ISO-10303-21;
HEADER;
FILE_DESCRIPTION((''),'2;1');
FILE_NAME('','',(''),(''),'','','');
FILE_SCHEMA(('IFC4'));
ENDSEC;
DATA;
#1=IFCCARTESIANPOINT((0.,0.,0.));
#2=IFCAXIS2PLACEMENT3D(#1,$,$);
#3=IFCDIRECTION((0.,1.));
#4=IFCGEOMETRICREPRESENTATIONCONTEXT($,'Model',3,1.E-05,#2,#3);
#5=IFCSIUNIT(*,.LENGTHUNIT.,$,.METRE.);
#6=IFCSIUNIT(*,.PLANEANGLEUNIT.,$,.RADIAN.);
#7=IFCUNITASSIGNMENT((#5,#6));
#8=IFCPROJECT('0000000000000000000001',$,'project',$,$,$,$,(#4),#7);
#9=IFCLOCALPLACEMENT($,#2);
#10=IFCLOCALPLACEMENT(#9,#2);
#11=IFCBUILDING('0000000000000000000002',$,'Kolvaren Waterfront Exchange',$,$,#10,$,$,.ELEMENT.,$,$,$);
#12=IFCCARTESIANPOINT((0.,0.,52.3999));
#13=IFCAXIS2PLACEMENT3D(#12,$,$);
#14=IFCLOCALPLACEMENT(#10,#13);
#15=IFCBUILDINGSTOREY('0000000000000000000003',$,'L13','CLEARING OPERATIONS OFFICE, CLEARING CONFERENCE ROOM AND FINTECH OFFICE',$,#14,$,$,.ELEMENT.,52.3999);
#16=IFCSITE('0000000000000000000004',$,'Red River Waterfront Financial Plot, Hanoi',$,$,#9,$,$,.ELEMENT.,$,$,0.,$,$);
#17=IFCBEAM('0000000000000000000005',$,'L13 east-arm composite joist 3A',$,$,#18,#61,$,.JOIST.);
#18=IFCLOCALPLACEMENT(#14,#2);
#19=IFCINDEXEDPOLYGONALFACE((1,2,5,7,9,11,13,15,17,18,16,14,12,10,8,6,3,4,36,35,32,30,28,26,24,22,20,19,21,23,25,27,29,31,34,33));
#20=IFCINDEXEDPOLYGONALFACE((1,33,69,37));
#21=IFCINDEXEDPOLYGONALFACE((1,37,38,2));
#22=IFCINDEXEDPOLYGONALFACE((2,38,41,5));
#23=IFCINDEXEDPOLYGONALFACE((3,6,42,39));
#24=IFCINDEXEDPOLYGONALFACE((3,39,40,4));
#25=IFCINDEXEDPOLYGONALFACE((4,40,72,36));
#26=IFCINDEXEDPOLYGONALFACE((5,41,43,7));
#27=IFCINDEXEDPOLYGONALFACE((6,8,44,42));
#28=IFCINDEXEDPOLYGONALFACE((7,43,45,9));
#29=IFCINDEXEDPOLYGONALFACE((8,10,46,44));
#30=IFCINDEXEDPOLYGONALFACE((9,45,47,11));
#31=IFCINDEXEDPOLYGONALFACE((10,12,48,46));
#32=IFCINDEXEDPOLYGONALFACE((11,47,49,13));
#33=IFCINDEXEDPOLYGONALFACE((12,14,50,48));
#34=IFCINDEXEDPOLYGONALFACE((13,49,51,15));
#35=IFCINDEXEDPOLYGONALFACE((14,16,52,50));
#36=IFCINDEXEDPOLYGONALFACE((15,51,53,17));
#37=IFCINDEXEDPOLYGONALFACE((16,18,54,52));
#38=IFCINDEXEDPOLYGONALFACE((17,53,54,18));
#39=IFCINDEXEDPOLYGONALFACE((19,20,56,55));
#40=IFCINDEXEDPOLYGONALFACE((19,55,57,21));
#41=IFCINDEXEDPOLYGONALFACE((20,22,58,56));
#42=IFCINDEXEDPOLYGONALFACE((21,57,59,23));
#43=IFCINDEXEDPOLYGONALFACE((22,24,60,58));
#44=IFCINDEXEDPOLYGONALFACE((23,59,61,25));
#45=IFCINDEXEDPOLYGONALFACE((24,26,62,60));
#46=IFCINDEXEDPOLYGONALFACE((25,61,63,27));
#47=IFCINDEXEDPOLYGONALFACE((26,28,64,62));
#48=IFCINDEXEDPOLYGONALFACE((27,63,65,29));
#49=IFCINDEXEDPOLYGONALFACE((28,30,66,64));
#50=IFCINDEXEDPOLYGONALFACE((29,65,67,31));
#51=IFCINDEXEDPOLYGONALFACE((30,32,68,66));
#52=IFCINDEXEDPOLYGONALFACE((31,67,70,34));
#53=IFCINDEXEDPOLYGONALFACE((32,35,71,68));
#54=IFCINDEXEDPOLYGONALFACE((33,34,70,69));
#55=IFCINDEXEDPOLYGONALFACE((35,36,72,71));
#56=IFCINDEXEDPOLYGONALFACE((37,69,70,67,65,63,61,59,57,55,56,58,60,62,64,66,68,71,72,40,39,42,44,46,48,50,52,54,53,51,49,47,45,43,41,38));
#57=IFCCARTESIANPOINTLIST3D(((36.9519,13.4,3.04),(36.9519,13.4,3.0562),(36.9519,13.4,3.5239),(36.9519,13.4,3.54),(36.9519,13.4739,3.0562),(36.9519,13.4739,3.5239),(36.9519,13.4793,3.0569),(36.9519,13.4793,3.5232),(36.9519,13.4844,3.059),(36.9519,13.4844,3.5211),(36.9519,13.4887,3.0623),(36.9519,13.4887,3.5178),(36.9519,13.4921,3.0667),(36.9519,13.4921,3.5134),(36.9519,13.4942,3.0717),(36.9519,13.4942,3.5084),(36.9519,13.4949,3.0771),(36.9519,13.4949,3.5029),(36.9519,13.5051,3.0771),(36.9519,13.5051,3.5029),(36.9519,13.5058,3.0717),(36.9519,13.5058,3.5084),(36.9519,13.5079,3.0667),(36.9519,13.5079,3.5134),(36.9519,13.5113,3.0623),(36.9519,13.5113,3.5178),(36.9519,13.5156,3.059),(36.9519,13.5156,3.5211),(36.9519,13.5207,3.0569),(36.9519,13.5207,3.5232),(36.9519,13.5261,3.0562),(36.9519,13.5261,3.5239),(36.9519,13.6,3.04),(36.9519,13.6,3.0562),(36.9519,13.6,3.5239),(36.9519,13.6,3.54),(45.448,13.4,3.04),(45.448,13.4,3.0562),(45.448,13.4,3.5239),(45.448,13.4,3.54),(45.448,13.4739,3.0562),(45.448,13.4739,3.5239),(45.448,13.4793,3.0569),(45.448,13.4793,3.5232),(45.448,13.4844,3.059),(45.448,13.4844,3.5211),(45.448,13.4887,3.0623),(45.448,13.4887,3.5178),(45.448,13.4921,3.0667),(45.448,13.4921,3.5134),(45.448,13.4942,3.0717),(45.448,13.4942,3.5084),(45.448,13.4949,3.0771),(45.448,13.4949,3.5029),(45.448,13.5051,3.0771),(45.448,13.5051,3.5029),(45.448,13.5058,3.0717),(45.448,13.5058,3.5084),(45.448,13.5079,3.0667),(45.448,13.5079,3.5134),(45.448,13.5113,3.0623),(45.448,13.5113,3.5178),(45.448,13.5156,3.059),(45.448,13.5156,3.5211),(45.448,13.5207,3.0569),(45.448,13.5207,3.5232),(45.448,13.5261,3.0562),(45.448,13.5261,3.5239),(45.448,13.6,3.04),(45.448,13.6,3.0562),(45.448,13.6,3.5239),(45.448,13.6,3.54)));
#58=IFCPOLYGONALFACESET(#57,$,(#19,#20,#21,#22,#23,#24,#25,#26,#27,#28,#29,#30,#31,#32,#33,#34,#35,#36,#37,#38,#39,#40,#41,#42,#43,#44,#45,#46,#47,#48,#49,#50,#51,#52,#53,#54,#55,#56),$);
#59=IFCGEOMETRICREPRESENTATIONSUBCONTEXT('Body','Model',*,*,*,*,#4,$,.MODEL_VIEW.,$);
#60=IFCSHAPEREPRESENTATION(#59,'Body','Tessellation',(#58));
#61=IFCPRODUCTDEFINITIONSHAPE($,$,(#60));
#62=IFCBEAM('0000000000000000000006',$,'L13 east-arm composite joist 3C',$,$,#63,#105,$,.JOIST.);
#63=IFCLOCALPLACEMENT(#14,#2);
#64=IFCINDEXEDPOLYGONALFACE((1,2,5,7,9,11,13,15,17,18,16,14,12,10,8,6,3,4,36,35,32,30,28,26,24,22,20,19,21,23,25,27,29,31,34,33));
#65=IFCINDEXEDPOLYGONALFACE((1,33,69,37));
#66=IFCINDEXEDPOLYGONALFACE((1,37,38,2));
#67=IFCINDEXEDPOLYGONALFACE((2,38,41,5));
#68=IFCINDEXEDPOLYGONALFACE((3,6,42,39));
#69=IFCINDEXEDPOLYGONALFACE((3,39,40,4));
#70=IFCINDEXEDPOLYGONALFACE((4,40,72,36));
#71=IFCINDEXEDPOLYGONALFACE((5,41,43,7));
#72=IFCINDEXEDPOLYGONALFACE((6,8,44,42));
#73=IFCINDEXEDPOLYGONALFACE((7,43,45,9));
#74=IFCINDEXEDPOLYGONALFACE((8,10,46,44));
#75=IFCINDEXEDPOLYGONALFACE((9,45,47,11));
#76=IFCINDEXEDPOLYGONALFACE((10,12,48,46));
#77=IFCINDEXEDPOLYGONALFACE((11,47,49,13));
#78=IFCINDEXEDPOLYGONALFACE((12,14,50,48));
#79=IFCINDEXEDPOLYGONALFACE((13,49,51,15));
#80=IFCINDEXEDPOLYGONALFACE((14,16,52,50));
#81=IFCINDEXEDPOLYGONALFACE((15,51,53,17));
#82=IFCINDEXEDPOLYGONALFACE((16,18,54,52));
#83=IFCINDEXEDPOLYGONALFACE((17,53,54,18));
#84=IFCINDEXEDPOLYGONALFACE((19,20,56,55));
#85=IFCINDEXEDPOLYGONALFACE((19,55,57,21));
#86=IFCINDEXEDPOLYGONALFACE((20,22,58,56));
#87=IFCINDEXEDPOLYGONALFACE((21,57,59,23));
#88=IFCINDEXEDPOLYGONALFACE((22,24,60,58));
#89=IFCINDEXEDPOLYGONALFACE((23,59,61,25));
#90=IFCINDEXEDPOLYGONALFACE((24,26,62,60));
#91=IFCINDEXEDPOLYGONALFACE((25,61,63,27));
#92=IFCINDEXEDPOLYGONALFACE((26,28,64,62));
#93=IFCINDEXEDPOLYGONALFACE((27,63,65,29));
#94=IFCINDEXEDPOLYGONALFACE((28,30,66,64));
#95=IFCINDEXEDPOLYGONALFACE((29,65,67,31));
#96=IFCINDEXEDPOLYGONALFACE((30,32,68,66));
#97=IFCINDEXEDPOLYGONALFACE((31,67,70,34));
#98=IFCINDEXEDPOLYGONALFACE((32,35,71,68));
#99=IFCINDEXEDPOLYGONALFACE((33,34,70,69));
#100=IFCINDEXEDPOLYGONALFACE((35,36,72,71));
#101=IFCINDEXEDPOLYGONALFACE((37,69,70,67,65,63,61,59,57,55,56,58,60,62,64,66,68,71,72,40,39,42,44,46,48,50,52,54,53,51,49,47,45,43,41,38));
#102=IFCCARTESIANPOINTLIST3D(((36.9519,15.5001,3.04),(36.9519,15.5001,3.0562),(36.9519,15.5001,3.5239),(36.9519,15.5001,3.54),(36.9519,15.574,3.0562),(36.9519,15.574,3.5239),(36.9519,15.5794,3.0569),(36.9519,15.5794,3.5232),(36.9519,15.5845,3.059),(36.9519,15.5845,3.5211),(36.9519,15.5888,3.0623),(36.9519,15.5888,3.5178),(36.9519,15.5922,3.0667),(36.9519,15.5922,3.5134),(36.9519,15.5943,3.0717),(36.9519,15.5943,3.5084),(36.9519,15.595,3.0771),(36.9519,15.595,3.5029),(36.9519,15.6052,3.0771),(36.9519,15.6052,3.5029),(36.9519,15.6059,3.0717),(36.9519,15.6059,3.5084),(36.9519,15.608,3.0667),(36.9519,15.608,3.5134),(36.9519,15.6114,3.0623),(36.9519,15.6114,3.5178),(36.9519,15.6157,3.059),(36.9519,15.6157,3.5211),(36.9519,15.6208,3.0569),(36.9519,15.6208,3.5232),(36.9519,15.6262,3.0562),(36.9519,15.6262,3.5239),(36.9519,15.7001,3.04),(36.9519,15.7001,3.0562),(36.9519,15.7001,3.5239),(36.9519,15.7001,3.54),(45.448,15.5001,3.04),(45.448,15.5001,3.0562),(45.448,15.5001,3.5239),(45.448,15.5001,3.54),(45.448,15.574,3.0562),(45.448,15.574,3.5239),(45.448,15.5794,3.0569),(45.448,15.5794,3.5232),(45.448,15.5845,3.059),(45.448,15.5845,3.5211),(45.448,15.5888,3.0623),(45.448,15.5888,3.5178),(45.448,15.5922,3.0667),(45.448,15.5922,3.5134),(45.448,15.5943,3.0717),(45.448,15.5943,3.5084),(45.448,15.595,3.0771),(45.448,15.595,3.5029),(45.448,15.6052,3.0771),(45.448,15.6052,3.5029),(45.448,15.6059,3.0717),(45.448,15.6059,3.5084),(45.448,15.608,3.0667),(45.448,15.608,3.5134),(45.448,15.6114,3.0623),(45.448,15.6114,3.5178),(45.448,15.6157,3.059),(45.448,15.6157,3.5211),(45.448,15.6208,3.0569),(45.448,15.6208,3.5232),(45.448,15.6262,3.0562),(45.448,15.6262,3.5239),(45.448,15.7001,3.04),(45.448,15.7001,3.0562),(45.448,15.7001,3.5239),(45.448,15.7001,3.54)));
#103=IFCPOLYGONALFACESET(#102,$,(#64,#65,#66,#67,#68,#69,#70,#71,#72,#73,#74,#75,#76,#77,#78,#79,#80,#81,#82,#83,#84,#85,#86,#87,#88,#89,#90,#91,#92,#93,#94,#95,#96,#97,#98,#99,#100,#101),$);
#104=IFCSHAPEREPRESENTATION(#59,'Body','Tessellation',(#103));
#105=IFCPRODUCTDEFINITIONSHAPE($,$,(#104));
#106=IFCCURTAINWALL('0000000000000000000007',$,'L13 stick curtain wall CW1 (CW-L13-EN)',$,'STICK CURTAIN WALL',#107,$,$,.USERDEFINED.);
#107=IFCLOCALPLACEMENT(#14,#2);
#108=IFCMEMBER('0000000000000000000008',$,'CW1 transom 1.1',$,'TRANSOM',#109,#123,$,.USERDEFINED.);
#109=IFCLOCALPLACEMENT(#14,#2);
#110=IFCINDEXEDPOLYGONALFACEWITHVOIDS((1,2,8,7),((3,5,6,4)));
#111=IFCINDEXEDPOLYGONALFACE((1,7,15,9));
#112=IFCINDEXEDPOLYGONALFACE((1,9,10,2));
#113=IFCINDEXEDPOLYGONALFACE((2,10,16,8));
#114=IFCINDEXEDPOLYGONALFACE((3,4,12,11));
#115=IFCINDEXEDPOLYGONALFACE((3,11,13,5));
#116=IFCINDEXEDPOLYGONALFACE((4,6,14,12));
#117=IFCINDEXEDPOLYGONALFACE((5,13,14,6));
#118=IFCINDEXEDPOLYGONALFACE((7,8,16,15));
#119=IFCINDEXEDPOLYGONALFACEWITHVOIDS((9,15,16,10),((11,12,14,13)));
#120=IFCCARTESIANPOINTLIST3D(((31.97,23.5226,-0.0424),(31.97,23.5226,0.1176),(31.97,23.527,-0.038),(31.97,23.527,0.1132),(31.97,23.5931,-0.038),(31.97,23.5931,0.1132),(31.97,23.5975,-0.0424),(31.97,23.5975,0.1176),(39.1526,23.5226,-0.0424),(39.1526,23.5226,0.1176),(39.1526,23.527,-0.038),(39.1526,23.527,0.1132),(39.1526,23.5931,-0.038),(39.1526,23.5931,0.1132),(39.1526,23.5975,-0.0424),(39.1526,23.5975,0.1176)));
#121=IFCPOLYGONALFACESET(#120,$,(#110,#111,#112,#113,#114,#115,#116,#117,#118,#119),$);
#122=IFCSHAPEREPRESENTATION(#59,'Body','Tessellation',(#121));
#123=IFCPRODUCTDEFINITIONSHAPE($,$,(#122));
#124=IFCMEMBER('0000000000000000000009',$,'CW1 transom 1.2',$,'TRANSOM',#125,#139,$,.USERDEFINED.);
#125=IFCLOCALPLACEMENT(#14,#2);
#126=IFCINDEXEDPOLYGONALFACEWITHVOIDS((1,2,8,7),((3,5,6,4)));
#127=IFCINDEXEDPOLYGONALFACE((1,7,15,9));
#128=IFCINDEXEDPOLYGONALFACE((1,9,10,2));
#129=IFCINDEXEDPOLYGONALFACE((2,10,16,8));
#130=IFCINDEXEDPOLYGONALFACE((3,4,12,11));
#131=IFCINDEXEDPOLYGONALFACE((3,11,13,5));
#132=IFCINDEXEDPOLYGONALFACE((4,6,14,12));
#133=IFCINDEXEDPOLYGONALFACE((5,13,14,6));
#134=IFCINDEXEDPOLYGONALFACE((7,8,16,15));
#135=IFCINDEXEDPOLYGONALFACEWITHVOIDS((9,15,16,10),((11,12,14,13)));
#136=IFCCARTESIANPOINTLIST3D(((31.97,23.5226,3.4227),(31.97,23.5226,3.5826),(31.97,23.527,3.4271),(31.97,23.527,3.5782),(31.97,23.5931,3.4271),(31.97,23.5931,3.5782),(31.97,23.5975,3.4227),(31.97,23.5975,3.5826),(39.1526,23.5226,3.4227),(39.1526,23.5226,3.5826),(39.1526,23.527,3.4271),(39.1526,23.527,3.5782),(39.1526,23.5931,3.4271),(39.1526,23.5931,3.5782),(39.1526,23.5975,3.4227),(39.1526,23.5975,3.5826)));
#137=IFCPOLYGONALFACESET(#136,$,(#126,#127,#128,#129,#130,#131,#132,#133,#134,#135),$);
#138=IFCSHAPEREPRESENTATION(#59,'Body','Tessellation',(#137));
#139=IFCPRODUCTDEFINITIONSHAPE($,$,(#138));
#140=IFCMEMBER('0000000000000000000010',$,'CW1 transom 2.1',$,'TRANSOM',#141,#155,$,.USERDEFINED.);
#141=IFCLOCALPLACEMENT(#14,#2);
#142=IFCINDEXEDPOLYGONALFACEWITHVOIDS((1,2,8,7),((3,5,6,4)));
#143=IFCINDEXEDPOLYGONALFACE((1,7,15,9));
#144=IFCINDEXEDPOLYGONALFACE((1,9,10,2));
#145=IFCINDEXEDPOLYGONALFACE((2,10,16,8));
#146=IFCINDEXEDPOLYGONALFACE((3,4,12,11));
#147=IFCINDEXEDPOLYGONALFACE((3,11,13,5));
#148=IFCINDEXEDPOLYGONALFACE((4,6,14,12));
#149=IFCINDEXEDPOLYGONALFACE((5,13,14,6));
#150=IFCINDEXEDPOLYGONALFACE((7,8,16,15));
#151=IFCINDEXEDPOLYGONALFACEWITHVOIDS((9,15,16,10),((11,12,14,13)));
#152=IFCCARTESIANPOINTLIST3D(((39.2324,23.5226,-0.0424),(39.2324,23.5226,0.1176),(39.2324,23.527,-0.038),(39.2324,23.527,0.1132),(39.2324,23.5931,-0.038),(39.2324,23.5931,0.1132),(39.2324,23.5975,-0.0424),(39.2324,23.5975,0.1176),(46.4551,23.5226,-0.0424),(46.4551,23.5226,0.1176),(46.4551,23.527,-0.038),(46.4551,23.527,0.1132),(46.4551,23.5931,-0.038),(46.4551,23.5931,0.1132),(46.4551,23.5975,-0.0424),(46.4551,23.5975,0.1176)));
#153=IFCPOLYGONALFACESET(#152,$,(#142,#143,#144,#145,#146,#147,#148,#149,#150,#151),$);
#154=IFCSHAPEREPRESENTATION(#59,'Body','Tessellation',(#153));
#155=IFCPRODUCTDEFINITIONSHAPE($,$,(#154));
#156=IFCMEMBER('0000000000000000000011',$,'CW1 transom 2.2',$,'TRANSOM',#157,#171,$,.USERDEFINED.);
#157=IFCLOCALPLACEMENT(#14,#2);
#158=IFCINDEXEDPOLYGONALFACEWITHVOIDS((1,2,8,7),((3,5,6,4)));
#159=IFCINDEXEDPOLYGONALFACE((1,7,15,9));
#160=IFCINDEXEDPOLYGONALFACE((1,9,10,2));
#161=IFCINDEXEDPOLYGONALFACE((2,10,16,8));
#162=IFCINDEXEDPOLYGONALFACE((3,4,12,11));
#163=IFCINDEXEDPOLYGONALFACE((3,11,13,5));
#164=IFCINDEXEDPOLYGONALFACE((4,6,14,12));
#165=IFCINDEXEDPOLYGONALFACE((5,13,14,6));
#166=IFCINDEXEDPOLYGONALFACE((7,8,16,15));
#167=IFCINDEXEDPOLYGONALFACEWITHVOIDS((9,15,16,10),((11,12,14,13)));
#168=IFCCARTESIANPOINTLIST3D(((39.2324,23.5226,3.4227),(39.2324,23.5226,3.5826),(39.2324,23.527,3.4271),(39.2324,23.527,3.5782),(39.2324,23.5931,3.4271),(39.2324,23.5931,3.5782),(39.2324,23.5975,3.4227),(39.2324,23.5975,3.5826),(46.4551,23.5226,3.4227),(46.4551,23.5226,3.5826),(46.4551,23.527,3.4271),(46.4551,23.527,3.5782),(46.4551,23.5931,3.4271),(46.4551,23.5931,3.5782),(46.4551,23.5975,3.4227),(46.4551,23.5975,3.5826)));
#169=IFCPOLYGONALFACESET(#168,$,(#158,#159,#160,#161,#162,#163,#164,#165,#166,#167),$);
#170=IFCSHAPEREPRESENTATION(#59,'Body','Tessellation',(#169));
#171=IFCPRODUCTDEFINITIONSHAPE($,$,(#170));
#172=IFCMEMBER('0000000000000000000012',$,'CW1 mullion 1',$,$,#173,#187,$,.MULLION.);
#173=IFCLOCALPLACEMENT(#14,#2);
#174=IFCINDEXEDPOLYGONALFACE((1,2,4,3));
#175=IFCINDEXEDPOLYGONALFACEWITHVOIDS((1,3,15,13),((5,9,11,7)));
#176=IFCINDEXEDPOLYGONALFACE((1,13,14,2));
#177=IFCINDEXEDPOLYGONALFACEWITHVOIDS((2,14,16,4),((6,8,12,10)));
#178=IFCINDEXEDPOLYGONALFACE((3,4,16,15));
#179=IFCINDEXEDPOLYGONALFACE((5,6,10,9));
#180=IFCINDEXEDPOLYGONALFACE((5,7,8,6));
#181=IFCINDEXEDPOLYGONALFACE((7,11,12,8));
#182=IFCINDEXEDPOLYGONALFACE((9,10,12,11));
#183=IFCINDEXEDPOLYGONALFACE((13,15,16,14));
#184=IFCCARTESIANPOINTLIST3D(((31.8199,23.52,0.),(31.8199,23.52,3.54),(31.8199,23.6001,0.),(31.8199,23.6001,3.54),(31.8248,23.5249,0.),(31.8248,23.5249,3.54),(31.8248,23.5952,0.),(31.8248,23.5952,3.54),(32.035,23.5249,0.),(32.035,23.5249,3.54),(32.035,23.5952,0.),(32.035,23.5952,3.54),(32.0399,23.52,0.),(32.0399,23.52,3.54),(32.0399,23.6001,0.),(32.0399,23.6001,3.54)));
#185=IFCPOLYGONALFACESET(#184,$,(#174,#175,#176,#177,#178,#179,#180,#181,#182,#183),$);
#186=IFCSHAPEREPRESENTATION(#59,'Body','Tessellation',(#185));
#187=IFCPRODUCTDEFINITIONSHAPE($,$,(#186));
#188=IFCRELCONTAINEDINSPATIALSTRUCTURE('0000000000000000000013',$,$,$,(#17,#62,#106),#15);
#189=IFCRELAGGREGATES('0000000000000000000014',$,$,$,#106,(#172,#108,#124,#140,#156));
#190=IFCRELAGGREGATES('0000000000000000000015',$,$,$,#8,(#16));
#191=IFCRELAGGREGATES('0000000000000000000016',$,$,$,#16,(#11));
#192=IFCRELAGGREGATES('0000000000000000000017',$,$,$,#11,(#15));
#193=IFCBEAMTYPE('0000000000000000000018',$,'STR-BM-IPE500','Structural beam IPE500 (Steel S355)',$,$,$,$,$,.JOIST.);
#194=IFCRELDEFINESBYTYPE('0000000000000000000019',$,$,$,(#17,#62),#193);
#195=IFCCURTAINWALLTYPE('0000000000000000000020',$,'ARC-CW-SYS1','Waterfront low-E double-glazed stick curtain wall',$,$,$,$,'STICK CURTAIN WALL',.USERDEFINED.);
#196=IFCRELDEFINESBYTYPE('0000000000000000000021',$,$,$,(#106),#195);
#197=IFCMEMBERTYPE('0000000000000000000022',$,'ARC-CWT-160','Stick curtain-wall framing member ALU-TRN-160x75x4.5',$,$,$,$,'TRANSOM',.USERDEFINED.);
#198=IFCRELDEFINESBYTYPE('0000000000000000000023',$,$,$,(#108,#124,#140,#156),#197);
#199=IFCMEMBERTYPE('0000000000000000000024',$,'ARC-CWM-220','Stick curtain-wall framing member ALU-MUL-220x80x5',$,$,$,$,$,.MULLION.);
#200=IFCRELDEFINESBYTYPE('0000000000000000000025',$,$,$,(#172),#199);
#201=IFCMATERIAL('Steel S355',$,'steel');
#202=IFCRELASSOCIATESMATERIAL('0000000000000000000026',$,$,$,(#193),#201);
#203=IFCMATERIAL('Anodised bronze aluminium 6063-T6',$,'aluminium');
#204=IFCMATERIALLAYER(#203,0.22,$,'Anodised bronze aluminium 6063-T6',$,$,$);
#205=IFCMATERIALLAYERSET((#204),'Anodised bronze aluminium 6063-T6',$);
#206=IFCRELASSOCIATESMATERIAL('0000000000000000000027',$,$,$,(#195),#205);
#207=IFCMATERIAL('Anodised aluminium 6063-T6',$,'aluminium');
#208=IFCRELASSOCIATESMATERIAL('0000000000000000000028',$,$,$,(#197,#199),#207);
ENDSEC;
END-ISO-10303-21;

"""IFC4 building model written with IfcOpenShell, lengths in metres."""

from ifc_helpers import new_model, si_unit, direction, frame, origin, origin_with_axes, origin_2d, place, context, subcontext, project, spatial, hollow_rectangle, i_section, extrude, source, transform, mapped, material, layer, layer_set, material_profile, profile_set, type_object, element, aggregate, save


model = new_model("IFC4")

# Units and contexts
model_context = context("Model", 3, precision=1e-05, world=origin(), true_north=direction((0.0, 1.0)))
body_context = subcontext(model_context, "Body", "Model", "MODEL_VIEW")
ifc_project = project(units=[si_unit("LENGTHUNIT", "METRE"), si_unit("PLANEANGLEUNIT", "RADIAN")], contexts=[model_context])

# Site, building, storey
site_placement = place(None, origin())
site = spatial("IfcSite", under=ifc_project, at=site_placement, Name="Red River Waterfront Financial Plot, Hanoi", CompositionType="ELEMENT", RefElevation=0.0)
building_placement = place(site_placement, origin())
building = spatial("IfcBuilding", under=site, at=building_placement, Name="Kolvaren Waterfront Exchange", CompositionType="ELEMENT")
storey_placement = place(building_placement, frame((0.0, 0.0, 52.3999)))
storey = spatial("IfcBuildingStorey", under=building, at=storey_placement, Name="L13", Description="CLEARING OPERATIONS OFFICE, CLEARING CONFERENCE ROOM AND FINTECH OFFICE", CompositionType="ELEMENT", Elevation=52.3999)

# Beams
ifc_material_1 = material(Name="Steel S355", Category="steel")
ifc_material_profile_1 = material_profile(ifc_material_1, i_section(OverallWidth=0.2, OverallDepth=0.5, WebThickness=0.0103, FlangeThickness=0.0161, FilletRadius=0.021, at=origin_2d()), Name="IPE500")
ifc_profile_set_1 = profile_set([ifc_material_profile_1], Name="Steel S355")
beam_type_1 = type_object("IfcBeamType", Name="STR-BM-IPE500", Description="Structural beam IPE500 (Steel S355)", PredefinedType="JOIST", material=ifc_profile_set_1)
for number, where, z_axis, x_axis, name in (
    (1, (36.9519, 13.5, 3.29), (1.0, 0.0, 0.0), (0.0, 1.0, 0.0), "L13 east-arm composite joist 3A"),
    (2, (36.9519, 15.6001, 3.29), (1.0, 0.0, 0.0), (0.0, 1.0, 0.0), "L13 east-arm composite joist 3C"),
):
    element("IfcBeam", number, at=place(storey_placement, frame(where, z_axis=z_axis, x_axis=x_axis)), inside=storey, type_object=beam_type_1, Name=name, PredefinedType="JOIST", context=body_context, shape_type="SweptSolid", body=[
        extrude(i_section(OverallWidth=0.2, OverallDepth=0.5, WebThickness=0.0103, FlangeThickness=0.0161, FilletRadius=0.021, at=origin_2d()), origin(), (0.0, 0.0, 1.0), 8.4961),
    ])

# Curtain wall, members
ifc_material_2 = material(Name="Anodised bronze aluminium 6063-T6", Category="aluminium")
ifc_layer_1 = layer(ifc_material_2, 0.22, Name="Anodised bronze aluminium 6063-T6")
ifc_layer_set_1 = layer_set([ifc_layer_1], Name="Anodised bronze aluminium 6063-T6")
curtain_wall_type = type_object("IfcCurtainWallType", Name="ARC-CW-SYS1", Description="Waterfront low-E double-glazed stick curtain wall", ElementType="STICK CURTAIN WALL", PredefinedType="USERDEFINED", material=ifc_layer_set_1)
curtain_wall_placement = place(storey_placement, origin())
curtain_wall = element("IfcCurtainWall", 3, at=curtain_wall_placement, inside=storey, type_object=curtain_wall_type, Name="L13 stick curtain wall CW1 (CW-L13-EN)", ObjectType="STICK CURTAIN WALL", PredefinedType="USERDEFINED")
ifc_material_3 = material(Name="Anodised aluminium 6063-T6", Category="aluminium")
ifc_material_profile_2 = material_profile(ifc_material_3, hollow_rectangle(XDim=0.075, YDim=0.1599, WallThickness=0.0044, at=origin_2d()), Name="ALU-TRN-160x75x4.5")
ifc_profile_set_2 = profile_set([ifc_material_profile_2], Name="Anodised aluminium 6063-T6")
member_type_1 = type_object("IfcMemberType", Name="ARC-CWT-160", Description="Stick curtain-wall framing member ALU-TRN-160x75x4.5", ElementType="TRANSOM", PredefinedType="USERDEFINED", material=ifc_profile_set_2)
shared_shape_1 = source(origin_with_axes(), body_context, "Body", "SweptSolid", [
    extrude(hollow_rectangle(XDim=0.075, YDim=0.1599, WallThickness=0.0044, at=origin_2d()), origin(), (0.0, 0.0, 1.0), 7.1826),
])
member_1_placement = place(storey_placement, frame((31.97, 23.5601, 0.0376), z_axis=(1.0, 0.0, 0.0), x_axis=(0.0, 1.0, 0.0)))
member_1 = element("IfcMember", 4, at=member_1_placement, type_object=member_type_1, Name="CW1 transom 1.1", ObjectType="TRANSOM", PredefinedType="USERDEFINED", context=body_context, shape_type="MappedRepresentation", body=[
    mapped(shared_shape_1, transform((0.0, 0.0, 0.0), x_axis=(1.0, 0.0, 0.0), y_axis=(0.0, 1.0, 0.0), z_axis=(0.0, 0.0, 1.0), scale=1.0)),
])
member_2_placement = place(storey_placement, frame((31.97, 23.5601, 3.5027), z_axis=(1.0, 0.0, 0.0), x_axis=(0.0, 1.0, 0.0)))
member_2 = element("IfcMember", 5, at=member_2_placement, type_object=member_type_1, Name="CW1 transom 1.2", ObjectType="TRANSOM", PredefinedType="USERDEFINED", context=body_context, shape_type="MappedRepresentation", body=[
    mapped(shared_shape_1, transform((0.0, 0.0, 0.0), x_axis=(1.0, 0.0, 0.0), y_axis=(0.0, 1.0, 0.0), z_axis=(0.0, 0.0, 1.0), scale=1.0)),
])
shared_shape_2 = source(origin_with_axes(), body_context, "Body", "SweptSolid", [
    extrude(hollow_rectangle(XDim=0.075, YDim=0.1599, WallThickness=0.0044, at=origin_2d()), origin(), (0.0, 0.0, 1.0), 7.2227),
])
member_3_placement = place(storey_placement, frame((39.2324, 23.5601, 0.0376), z_axis=(1.0, 0.0, 0.0), x_axis=(0.0, 1.0, 0.0)))
member_3 = element("IfcMember", 6, at=member_3_placement, type_object=member_type_1, Name="CW1 transom 2.1", ObjectType="TRANSOM", PredefinedType="USERDEFINED", context=body_context, shape_type="MappedRepresentation", body=[
    mapped(shared_shape_2, transform((0.0, 0.0, 0.0), x_axis=(1.0, 0.0, 0.0), y_axis=(0.0, 1.0, 0.0), z_axis=(0.0, 0.0, 1.0), scale=1.0)),
])
member_4_placement = place(storey_placement, frame((39.2324, 23.5601, 3.5027), z_axis=(1.0, 0.0, 0.0), x_axis=(0.0, 1.0, 0.0)))
member_4 = element("IfcMember", 7, at=member_4_placement, type_object=member_type_1, Name="CW1 transom 2.2", ObjectType="TRANSOM", PredefinedType="USERDEFINED", context=body_context, shape_type="MappedRepresentation", body=[
    mapped(shared_shape_2, transform((0.0, 0.0, 0.0), x_axis=(1.0, 0.0, 0.0), y_axis=(0.0, 1.0, 0.0), z_axis=(0.0, 0.0, 1.0), scale=1.0)),
])
ifc_material_profile_3 = material_profile(ifc_material_3, hollow_rectangle(XDim=0.0801, YDim=0.22, WallThickness=0.0049, at=origin_2d()), Name="ALU-MUL-220x80x5")
ifc_profile_set_3 = profile_set([ifc_material_profile_3], Name="Anodised aluminium 6063-T6")
member_type_2 = type_object("IfcMemberType", Name="ARC-CWM-220", Description="Stick curtain-wall framing member ALU-MUL-220x80x5", PredefinedType="MULLION", material=ifc_profile_set_3)
shared_shape_3 = source(origin_with_axes(), body_context, "Body", "SweptSolid", [
    extrude(hollow_rectangle(XDim=0.0801, YDim=0.22, WallThickness=0.0049, at=origin_2d()), origin(), (0.0, 0.0, 1.0), 3.54),
])
member_5_placement = place(storey_placement, frame((31.9299, 23.5601, 0.0), z_axis=(0.0, 0.0, 1.0), x_axis=(0.0, 1.0, 0.0)))
member_5 = element("IfcMember", 8, at=member_5_placement, type_object=member_type_2, Name="CW1 mullion 1", PredefinedType="MULLION", context=body_context, shape_type="MappedRepresentation", body=[
    mapped(shared_shape_3, transform((0.0, 0.0, 0.0), x_axis=(1.0, 0.0, 0.0), y_axis=(0.0, 1.0, 0.0), z_axis=(0.0, 0.0, 1.0), scale=1.0)),
])
aggregate(curtain_wall, [member_5, member_1, member_2, member_3, member_4])

save(model, "model.ifc")
